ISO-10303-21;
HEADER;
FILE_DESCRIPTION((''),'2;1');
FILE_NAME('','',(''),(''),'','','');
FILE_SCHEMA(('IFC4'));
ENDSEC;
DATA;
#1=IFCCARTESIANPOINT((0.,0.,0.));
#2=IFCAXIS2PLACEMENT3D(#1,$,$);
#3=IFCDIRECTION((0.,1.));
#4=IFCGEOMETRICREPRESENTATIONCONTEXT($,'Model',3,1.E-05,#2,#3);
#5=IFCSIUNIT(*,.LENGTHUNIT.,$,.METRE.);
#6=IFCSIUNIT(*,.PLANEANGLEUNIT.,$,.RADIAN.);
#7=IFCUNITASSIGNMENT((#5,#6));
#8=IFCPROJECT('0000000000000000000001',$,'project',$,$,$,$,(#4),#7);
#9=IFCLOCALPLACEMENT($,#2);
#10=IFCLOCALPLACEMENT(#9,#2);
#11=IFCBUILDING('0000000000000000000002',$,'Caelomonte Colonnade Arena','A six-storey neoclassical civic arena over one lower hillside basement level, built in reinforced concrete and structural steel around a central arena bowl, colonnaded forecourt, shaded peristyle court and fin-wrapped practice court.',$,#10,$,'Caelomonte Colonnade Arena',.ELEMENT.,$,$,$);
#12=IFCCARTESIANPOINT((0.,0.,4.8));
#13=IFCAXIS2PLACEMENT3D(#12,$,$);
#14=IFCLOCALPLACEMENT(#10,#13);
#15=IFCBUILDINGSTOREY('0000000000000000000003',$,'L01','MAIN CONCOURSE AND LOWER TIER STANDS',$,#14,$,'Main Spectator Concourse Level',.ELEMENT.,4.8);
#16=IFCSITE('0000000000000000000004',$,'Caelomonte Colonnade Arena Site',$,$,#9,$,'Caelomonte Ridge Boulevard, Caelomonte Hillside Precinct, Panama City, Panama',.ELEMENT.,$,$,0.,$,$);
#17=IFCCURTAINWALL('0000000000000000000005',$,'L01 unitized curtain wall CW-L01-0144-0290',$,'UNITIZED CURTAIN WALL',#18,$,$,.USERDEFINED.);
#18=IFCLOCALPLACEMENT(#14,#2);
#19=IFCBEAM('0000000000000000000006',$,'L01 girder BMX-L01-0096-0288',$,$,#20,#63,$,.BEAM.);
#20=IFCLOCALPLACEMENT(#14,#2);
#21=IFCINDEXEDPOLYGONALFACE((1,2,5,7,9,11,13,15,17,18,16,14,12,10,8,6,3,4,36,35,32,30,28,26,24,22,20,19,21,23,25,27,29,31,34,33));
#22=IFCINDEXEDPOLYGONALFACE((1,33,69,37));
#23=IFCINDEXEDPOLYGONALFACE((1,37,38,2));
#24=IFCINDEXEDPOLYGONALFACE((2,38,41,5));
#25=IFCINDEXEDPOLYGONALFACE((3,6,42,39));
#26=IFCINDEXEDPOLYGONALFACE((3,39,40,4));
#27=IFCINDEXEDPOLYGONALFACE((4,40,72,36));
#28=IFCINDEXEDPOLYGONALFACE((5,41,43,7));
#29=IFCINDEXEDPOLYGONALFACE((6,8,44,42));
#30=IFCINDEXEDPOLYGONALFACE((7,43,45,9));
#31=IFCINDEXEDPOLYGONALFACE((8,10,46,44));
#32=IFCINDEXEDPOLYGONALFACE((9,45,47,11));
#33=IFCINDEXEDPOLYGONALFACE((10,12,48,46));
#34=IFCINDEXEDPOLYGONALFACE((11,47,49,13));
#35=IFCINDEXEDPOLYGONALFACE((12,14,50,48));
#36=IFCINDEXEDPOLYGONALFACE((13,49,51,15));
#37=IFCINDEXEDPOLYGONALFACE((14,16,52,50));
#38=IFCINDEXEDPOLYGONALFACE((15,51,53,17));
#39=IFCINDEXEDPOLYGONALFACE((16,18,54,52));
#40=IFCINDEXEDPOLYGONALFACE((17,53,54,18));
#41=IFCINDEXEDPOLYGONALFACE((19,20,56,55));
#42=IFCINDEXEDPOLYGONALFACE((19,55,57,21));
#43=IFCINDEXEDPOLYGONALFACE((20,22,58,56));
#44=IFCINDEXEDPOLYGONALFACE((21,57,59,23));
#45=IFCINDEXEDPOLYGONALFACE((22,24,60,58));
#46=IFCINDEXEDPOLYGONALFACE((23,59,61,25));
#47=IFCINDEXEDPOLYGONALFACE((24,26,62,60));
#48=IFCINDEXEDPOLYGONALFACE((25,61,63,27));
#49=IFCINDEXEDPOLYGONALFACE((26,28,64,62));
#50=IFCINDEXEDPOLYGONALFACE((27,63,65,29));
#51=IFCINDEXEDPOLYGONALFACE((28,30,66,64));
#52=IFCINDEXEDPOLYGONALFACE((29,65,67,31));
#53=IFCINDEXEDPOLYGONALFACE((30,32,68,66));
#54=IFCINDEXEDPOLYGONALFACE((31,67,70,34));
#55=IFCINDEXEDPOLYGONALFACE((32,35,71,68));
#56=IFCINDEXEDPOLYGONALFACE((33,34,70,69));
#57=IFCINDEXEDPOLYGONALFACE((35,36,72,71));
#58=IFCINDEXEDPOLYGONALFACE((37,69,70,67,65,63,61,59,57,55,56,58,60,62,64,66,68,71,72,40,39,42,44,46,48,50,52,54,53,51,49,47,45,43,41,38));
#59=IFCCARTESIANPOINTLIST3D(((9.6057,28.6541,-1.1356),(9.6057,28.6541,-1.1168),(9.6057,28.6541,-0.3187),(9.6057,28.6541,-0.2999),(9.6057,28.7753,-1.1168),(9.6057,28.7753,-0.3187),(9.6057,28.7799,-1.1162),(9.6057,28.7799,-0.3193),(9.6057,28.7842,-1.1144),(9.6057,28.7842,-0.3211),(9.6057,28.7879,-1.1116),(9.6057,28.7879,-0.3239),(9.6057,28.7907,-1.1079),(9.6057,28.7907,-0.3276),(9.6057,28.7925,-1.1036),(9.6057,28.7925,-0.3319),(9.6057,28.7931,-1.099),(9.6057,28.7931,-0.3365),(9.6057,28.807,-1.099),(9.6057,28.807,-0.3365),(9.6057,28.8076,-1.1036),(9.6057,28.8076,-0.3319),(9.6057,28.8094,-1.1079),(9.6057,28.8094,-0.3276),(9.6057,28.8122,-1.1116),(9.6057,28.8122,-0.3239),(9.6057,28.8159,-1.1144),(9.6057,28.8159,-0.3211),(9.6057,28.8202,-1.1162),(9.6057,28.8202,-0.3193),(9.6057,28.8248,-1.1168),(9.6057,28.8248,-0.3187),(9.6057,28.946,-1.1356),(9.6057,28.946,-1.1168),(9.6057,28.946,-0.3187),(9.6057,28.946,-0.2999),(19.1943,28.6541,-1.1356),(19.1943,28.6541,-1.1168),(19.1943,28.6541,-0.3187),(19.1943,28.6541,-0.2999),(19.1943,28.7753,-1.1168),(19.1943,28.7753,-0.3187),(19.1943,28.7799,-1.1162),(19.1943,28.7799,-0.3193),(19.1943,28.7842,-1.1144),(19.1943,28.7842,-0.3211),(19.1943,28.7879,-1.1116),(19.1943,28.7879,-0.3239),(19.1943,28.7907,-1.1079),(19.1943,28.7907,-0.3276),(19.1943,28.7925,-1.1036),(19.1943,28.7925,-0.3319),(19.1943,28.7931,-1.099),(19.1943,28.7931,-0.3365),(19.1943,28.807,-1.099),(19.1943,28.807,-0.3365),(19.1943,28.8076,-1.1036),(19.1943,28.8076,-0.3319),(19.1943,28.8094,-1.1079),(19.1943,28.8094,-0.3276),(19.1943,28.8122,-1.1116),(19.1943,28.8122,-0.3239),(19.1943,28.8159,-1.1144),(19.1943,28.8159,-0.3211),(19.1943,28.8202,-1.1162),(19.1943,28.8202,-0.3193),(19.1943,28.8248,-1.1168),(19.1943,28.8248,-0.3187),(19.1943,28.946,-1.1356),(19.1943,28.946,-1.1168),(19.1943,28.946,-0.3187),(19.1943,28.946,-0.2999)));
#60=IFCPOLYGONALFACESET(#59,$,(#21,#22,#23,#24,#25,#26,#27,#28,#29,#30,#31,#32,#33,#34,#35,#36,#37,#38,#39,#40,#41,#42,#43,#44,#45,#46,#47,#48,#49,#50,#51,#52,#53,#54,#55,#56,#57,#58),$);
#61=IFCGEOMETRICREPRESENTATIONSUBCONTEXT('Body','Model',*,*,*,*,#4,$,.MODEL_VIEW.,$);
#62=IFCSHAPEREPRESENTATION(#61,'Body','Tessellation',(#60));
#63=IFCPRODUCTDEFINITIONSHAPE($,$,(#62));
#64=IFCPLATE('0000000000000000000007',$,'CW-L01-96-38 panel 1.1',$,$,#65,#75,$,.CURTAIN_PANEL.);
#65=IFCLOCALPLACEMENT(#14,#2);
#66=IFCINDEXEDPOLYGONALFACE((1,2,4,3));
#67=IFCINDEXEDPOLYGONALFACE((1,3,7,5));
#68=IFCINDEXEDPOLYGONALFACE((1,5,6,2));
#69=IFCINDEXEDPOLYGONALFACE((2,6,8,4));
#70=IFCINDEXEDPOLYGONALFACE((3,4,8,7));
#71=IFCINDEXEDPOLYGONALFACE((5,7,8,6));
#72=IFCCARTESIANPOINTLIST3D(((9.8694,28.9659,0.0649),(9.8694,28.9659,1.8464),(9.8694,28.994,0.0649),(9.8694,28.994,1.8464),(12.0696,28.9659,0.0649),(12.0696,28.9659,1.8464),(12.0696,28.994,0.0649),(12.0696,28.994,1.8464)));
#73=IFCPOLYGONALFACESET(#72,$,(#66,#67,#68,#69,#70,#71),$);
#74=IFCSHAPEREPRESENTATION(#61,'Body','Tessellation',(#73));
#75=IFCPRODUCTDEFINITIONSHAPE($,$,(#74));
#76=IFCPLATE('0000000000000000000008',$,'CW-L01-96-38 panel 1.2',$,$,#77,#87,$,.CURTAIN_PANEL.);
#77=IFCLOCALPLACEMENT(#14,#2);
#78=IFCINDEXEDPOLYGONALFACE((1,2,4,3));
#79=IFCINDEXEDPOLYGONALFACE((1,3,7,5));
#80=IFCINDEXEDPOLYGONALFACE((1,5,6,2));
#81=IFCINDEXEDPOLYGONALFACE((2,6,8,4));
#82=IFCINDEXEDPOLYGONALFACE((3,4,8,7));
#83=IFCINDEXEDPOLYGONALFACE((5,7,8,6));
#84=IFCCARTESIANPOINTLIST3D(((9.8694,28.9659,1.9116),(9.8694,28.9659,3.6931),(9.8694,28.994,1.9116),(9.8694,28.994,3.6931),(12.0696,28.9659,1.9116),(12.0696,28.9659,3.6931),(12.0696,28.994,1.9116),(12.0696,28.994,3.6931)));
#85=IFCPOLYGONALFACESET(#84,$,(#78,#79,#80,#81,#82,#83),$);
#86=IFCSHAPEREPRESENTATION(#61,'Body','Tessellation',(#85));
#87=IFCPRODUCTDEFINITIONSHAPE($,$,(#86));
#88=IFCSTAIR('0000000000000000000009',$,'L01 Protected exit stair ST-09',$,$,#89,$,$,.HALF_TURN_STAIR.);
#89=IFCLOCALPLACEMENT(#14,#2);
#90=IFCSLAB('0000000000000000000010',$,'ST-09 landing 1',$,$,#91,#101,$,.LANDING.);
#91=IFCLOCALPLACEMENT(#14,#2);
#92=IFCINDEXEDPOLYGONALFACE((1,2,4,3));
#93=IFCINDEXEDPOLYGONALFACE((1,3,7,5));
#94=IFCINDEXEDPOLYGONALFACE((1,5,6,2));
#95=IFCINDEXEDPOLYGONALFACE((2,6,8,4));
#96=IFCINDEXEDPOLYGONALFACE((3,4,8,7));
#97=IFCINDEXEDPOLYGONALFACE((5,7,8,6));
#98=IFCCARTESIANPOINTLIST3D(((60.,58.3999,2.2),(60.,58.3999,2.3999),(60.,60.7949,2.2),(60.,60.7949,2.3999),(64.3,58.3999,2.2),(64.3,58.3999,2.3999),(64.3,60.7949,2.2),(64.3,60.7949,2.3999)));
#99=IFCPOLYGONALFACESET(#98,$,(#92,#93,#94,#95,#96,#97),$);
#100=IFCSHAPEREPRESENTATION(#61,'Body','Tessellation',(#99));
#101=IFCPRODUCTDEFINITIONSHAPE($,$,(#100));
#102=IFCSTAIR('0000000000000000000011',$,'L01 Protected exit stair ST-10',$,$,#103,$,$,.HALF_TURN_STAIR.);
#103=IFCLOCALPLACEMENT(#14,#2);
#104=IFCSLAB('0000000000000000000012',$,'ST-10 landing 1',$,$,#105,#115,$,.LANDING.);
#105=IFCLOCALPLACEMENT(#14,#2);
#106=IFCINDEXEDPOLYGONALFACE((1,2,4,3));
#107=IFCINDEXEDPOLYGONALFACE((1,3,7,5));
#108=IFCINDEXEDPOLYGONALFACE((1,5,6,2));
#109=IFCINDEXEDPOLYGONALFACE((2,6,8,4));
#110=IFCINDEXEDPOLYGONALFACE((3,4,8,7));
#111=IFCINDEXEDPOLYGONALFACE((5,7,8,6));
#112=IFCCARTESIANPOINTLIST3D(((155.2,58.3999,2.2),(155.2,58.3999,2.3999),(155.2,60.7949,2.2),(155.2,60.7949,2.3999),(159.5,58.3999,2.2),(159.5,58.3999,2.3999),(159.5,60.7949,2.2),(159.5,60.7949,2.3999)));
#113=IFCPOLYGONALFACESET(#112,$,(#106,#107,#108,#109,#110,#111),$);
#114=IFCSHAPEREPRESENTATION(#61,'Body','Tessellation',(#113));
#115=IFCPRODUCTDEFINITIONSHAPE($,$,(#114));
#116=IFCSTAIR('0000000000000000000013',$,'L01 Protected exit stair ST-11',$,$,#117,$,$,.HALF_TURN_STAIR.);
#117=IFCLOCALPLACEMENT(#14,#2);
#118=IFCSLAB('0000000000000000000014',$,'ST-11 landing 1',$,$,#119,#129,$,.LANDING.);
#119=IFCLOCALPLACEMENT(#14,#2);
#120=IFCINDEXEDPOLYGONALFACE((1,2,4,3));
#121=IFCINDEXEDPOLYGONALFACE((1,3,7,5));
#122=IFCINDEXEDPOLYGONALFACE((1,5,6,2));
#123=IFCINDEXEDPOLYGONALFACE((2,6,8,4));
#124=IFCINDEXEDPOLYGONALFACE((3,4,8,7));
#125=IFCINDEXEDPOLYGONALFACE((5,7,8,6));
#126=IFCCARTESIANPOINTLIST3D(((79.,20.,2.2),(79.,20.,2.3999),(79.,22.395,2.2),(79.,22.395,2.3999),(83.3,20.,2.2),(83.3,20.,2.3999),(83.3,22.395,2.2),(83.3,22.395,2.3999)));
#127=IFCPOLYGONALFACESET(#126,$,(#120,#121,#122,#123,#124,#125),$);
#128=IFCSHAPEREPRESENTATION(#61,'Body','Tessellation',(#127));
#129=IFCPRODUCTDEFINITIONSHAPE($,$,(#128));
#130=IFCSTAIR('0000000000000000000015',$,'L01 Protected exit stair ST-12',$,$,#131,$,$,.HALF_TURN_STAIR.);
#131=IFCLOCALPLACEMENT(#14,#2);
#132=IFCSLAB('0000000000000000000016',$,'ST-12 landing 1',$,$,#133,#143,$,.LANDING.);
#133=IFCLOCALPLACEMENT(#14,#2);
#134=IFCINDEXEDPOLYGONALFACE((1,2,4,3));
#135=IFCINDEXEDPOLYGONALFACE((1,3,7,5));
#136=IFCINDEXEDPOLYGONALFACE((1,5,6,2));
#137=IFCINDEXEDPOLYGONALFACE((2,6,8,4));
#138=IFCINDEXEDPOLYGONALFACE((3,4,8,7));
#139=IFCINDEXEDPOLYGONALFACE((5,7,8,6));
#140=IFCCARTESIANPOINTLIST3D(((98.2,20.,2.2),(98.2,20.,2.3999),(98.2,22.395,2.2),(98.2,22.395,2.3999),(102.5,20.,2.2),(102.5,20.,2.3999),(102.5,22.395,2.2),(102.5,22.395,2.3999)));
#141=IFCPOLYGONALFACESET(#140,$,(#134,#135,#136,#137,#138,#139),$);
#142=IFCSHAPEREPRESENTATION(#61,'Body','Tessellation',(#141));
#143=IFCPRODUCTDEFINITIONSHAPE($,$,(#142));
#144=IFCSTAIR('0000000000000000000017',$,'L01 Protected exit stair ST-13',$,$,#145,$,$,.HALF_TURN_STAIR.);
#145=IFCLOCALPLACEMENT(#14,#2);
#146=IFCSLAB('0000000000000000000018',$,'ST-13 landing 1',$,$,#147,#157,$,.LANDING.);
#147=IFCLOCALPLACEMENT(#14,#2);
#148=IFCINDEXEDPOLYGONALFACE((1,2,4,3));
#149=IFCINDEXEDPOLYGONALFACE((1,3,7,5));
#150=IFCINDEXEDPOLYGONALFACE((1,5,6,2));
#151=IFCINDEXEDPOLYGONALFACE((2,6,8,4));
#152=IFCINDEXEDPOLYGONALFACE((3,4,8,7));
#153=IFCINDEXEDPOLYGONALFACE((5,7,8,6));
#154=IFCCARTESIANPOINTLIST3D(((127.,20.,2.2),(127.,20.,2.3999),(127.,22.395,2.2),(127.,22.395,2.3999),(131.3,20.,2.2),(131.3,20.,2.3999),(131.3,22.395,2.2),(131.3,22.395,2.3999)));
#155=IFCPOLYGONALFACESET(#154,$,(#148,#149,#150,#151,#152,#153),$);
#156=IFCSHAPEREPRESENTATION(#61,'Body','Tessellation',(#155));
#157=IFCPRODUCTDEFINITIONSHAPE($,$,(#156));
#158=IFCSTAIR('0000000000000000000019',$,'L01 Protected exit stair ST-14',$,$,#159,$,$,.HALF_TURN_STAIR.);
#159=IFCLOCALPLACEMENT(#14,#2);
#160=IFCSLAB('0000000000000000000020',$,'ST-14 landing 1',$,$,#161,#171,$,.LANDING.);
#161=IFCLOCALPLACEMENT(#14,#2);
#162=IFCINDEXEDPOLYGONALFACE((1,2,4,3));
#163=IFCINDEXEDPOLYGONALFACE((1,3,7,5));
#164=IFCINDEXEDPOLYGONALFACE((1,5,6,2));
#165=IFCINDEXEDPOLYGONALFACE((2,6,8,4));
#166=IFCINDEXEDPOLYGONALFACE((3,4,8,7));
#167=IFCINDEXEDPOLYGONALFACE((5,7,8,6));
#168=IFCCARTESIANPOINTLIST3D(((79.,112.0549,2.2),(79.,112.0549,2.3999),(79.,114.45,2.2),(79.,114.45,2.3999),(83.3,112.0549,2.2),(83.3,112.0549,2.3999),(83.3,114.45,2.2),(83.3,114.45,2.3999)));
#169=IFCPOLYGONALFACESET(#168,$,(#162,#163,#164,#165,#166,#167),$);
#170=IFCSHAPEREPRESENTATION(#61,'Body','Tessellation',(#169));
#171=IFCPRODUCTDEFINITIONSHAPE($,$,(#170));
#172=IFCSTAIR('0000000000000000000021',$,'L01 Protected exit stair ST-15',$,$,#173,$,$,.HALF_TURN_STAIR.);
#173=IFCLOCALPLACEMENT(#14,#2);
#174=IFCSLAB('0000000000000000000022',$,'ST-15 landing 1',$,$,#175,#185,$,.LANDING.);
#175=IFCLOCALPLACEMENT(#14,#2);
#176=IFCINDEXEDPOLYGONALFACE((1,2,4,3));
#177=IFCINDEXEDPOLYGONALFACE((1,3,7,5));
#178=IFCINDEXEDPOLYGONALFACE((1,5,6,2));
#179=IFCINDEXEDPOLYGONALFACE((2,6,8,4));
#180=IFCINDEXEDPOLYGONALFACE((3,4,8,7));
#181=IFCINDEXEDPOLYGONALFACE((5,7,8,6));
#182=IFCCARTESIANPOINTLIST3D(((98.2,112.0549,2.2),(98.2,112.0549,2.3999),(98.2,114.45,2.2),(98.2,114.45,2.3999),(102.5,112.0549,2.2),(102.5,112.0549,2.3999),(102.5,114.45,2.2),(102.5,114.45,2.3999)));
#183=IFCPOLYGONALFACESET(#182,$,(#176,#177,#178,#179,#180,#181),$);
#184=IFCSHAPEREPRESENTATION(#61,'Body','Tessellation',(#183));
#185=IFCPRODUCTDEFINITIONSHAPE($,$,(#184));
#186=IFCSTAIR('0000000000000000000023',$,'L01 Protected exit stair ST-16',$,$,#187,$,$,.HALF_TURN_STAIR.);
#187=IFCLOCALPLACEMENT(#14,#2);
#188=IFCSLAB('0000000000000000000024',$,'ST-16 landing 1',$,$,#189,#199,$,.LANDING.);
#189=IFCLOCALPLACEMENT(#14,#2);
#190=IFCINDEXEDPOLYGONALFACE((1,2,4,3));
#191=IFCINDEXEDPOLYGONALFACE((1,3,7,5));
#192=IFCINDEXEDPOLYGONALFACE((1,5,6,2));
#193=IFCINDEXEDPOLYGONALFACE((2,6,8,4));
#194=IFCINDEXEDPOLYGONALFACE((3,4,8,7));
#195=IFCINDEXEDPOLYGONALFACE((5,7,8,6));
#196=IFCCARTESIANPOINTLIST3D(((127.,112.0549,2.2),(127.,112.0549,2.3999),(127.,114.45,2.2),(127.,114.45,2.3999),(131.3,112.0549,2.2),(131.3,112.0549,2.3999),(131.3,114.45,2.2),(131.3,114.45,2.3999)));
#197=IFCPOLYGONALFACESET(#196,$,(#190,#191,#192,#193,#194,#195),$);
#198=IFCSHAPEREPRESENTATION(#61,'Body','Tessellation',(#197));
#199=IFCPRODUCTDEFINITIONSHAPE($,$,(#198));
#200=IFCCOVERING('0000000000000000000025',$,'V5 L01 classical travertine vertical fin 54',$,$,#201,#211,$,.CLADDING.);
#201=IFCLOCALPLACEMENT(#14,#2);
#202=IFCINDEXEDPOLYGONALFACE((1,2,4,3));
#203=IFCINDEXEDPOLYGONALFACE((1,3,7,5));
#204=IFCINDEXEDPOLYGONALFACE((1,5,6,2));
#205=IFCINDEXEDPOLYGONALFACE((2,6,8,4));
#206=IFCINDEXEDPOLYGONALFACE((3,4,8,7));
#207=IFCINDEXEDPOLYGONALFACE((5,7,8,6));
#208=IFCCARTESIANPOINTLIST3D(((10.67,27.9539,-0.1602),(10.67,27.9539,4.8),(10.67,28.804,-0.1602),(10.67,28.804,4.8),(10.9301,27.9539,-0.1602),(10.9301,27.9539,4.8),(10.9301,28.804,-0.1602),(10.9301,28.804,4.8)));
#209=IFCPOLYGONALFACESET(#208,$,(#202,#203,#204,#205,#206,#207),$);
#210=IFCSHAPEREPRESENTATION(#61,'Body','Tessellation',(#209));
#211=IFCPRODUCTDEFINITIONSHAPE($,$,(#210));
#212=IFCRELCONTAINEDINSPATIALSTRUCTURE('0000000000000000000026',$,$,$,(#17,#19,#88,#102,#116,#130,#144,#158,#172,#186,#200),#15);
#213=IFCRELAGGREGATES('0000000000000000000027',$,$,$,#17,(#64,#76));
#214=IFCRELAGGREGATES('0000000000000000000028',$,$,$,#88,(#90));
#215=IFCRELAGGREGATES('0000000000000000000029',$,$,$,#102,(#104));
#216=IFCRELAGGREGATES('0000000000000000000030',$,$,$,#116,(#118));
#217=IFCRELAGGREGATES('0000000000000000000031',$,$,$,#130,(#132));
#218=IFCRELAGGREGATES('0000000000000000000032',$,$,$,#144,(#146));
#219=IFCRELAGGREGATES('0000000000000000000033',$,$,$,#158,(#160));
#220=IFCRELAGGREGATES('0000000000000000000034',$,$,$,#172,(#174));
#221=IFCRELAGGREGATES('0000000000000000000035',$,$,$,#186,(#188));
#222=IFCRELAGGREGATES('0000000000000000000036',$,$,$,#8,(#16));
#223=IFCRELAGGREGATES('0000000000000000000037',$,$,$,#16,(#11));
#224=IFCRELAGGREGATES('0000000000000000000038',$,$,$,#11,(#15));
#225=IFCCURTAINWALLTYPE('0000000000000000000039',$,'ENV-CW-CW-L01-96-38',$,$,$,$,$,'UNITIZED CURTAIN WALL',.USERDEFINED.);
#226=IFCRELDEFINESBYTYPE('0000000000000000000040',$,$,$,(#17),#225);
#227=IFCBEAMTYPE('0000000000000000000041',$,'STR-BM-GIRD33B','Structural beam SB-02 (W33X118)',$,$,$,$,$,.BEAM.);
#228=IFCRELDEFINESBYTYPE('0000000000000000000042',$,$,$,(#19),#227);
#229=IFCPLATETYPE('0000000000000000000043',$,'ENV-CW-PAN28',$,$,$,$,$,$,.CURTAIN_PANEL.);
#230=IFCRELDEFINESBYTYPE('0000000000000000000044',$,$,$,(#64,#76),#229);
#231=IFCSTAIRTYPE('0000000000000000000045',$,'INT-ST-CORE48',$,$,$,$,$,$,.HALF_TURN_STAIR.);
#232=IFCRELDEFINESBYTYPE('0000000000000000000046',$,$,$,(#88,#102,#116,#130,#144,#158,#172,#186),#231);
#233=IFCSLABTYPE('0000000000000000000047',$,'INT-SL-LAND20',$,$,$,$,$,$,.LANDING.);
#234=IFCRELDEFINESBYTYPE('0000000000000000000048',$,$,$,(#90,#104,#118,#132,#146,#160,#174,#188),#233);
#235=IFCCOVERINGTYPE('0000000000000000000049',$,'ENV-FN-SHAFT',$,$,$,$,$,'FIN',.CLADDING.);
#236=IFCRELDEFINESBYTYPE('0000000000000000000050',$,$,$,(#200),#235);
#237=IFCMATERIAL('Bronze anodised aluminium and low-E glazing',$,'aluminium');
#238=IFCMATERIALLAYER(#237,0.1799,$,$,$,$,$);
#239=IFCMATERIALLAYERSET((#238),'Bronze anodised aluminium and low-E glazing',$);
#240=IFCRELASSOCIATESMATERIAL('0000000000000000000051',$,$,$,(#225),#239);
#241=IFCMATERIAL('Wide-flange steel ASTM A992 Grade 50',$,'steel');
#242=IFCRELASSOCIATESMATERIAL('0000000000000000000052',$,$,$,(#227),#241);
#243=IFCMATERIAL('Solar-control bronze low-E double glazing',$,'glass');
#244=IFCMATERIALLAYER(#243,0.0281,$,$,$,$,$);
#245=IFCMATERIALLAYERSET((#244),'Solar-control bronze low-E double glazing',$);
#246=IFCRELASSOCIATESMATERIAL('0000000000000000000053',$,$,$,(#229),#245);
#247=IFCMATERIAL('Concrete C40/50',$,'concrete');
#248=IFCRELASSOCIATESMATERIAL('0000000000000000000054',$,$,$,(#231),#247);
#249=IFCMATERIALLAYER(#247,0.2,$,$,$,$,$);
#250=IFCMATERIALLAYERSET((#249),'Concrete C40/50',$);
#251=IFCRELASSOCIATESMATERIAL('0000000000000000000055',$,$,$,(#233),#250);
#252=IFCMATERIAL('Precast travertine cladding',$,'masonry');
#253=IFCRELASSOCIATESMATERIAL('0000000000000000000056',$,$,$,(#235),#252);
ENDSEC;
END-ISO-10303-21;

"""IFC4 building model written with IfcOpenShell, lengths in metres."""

from ifc_helpers import new_model, si_unit, direction, frame, origin, origin_2d, place, context, subcontext, project, spatial, polyline, rectangle, i_section, outline, extrude, material, layer, layer_set, material_profile, profile_set, type_object, element, aggregate, save


model = new_model("IFC4")

# Units and contexts
model_context = context("Model", 3, precision=1e-05, world=origin(), true_north=direction((0.0, 1.0)))
body_context = subcontext(model_context, "Body", "Model", "MODEL_VIEW")
ifc_project = project(units=[si_unit("LENGTHUNIT", "METRE"), si_unit("PLANEANGLEUNIT", "RADIAN")], contexts=[model_context])

# Site, building, storey
site_placement = place(None, origin())
site = spatial("IfcSite", under=ifc_project, at=site_placement, Name="Caelomonte Colonnade Arena Site", LongName="Caelomonte Ridge Boulevard, Caelomonte Hillside Precinct, Panama City, Panama", CompositionType="ELEMENT", RefElevation=0.0)
building_placement = place(site_placement, origin())
building = spatial("IfcBuilding", under=site, at=building_placement, Name="Caelomonte Colonnade Arena", Description="A six-storey neoclassical civic arena over one lower hillside basement level, built in reinforced concrete and structural steel around a central arena bowl, colonnaded forecourt, shaded peristyle court and fin-wrapped practice court.", LongName="Caelomonte Colonnade Arena", CompositionType="ELEMENT")
storey_placement = place(building_placement, frame((0.0, 0.0, 4.8)))
storey = spatial("IfcBuildingStorey", under=building, at=storey_placement, Name="L01", Description="MAIN CONCOURSE AND LOWER TIER STANDS", LongName="Main Spectator Concourse Level", CompositionType="ELEMENT", Elevation=4.8)

# Shared definitions
ifc_material_1 = material(Name="Wide-flange steel ASTM A992 Grade 50", Category="steel")

# Curtain wall
ifc_material_2 = material(Name="Bronze anodised aluminium and low-E glazing", Category="aluminium")
ifc_layer_1 = layer(ifc_material_2, 0.1799)
ifc_layer_set_1 = layer_set([ifc_layer_1], Name="Bronze anodised aluminium and low-E glazing")
curtain_wall_type = type_object("IfcCurtainWallType", Name="ENV-CW-CW-L01-96-38", ElementType="UNITIZED CURTAIN WALL", PredefinedType="USERDEFINED", material=ifc_layer_set_1)
curtain_wall_placement = place(storey_placement, origin())
curtain_wall = element("IfcCurtainWall", 1, at=curtain_wall_placement, inside=storey, type_object=curtain_wall_type, Name="L01 unitized curtain wall CW-L01-0144-0290", ObjectType="UNITIZED CURTAIN WALL", PredefinedType="USERDEFINED")

# Beam
ifc_material_profile_1 = material_profile(ifc_material_1, i_section(OverallWidth=0.292, OverallDepth=0.8357, WebThickness=0.0139, FlangeThickness=0.0188, FilletRadius=0.0178, at=origin_2d()), Name="W33X118")
ifc_profile_set_1 = profile_set([ifc_material_profile_1], Name="Wide-flange steel ASTM A992 Grade 50")
beam_type_1 = type_object("IfcBeamType", Name="STR-BM-GIRD33B", Description="Structural beam SB-02 (W33X118)", PredefinedType="BEAM", material=ifc_profile_set_1)
beam_1_placement = place(storey_placement, frame((9.6057, 28.8, -0.7178), z_axis=(1.0, 0.0, 0.0), x_axis=(0.0, 1.0, 0.0)))
element("IfcBeam", 2, at=beam_1_placement, inside=storey, type_object=beam_type_1, Name="L01 girder BMX-L01-0096-0288", PredefinedType="BEAM", context=body_context, shape_type="SweptSolid", body=[
    extrude(i_section(OverallWidth=0.292, OverallDepth=0.8357, WebThickness=0.0139, FlangeThickness=0.0188, FilletRadius=0.0178, at=origin_2d()), origin(), (0.0, 0.0, 1.0), 9.5886),
])

# Plates
ifc_material_3 = material(Name="Solar-control bronze low-E double glazing", Category="glass")
ifc_layer_2 = layer(ifc_material_3, 0.0281)
ifc_layer_set_2 = layer_set([ifc_layer_2], Name="Solar-control bronze low-E double glazing")
plate_type = type_object("IfcPlateType", Name="ENV-CW-PAN28", PredefinedType="CURTAIN_PANEL", material=ifc_layer_set_2)
plate_1_placement = place(storey_placement, frame((10.9695, 28.98, 0.0649), z_axis=(0.0, 0.0, 1.0), x_axis=(1.0, 0.0, 0.0)))
plate_1 = element("IfcPlate", 3, at=plate_1_placement, type_object=plate_type, Name="CW-L01-96-38 panel 1.1", PredefinedType="CURTAIN_PANEL", context=body_context, shape_type="SweptSolid", body=[
    extrude(rectangle(XDim=2.2002, YDim=0.0281, at=origin_2d()), origin(), (0.0, 0.0, 1.0), 1.7815),
])
plate_2_placement = place(storey_placement, frame((10.9695, 28.98, 1.9116), z_axis=(0.0, 0.0, 1.0), x_axis=(1.0, 0.0, 0.0)))
plate_2 = element("IfcPlate", 4, at=plate_2_placement, type_object=plate_type, Name="CW-L01-96-38 panel 1.2", PredefinedType="CURTAIN_PANEL", context=body_context, shape_type="SweptSolid", body=[
    extrude(rectangle(XDim=2.2002, YDim=0.0281, at=origin_2d()), origin(), (0.0, 0.0, 1.0), 1.7815),
])
aggregate(curtain_wall, [plate_1, plate_2])

# Stairs, slabs
ifc_material_4 = material(Name="Concrete C40/50", Category="concrete")
stair_type = type_object("IfcStairType", Name="INT-ST-CORE48", PredefinedType="HALF_TURN_STAIR", material=ifc_material_4)
stair_1_placement = place(storey_placement, origin())
stair_1 = element("IfcStair", 5, at=stair_1_placement, inside=storey, type_object=stair_type, Name="L01 Protected exit stair ST-09", PredefinedType="HALF_TURN_STAIR")
ifc_layer_3 = layer(ifc_material_4, 0.2)
ifc_layer_set_3 = layer_set([ifc_layer_3], Name="Concrete C40/50")
slab_type = type_object("IfcSlabType", Name="INT-SL-LAND20", PredefinedType="LANDING", material=ifc_layer_set_3)
slab_1_placement = place(storey_placement, frame((0.0, 0.0, 2.2)))
slab_1 = element("IfcSlab", 6, at=slab_1_placement, type_object=slab_type, Name="ST-09 landing 1", PredefinedType="LANDING", context=body_context, shape_type="SweptSolid", body=[
    extrude(outline(polyline([(60.0, 60.7949), (60.0, 58.3999), (64.3, 58.3999), (64.3, 60.7949), (60.0, 60.7949)])), origin(), (0.0, 0.0, 1.0), 0.2),
])
aggregate(stair_1, [slab_1])
stair_2_placement = place(storey_placement, origin())
stair_2 = element("IfcStair", 7, at=stair_2_placement, inside=storey, type_object=stair_type, Name="L01 Protected exit stair ST-10", PredefinedType="HALF_TURN_STAIR")
slab_2_placement = place(storey_placement, frame((0.0, 0.0, 2.2)))
slab_2 = element("IfcSlab", 8, at=slab_2_placement, type_object=slab_type, Name="ST-10 landing 1", PredefinedType="LANDING", context=body_context, shape_type="SweptSolid", body=[
    extrude(outline(polyline([(155.2, 60.7949), (155.2, 58.3999), (159.5, 58.3999), (159.5, 60.7949), (155.2, 60.7949)])), origin(), (0.0, 0.0, 1.0), 0.2),
])
aggregate(stair_2, [slab_2])
stair_3_placement = place(storey_placement, origin())
stair_3 = element("IfcStair", 9, at=stair_3_placement, inside=storey, type_object=stair_type, Name="L01 Protected exit stair ST-11", PredefinedType="HALF_TURN_STAIR")
slab_3_placement = place(storey_placement, frame((0.0, 0.0, 2.2)))
slab_3 = element("IfcSlab", 10, at=slab_3_placement, type_object=slab_type, Name="ST-11 landing 1", PredefinedType="LANDING", context=body_context, shape_type="SweptSolid", body=[
    extrude(outline(polyline([(79.0, 22.395), (79.0, 20.0), (83.3, 20.0), (83.3, 22.395), (79.0, 22.395)])), origin(), (0.0, 0.0, 1.0), 0.2),
])
aggregate(stair_3, [slab_3])
stair_4_placement = place(storey_placement, origin())
stair_4 = element("IfcStair", 11, at=stair_4_placement, inside=storey, type_object=stair_type, Name="L01 Protected exit stair ST-12", PredefinedType="HALF_TURN_STAIR")
slab_4_placement = place(storey_placement, frame((0.0, 0.0, 2.2)))
slab_4 = element("IfcSlab", 12, at=slab_4_placement, type_object=slab_type, Name="ST-12 landing 1", PredefinedType="LANDING", context=body_context, shape_type="SweptSolid", body=[
    extrude(outline(polyline([(98.2, 22.395), (98.2, 20.0), (102.5, 20.0), (102.5, 22.395), (98.2, 22.395)])), origin(), (0.0, 0.0, 1.0), 0.2),
])
aggregate(stair_4, [slab_4])
stair_5_placement = place(storey_placement, origin())
stair_5 = element("IfcStair", 13, at=stair_5_placement, inside=storey, type_object=stair_type, Name="L01 Protected exit stair ST-13", PredefinedType="HALF_TURN_STAIR")
slab_5_placement = place(storey_placement, frame((0.0, 0.0, 2.2)))
slab_5 = element("IfcSlab", 14, at=slab_5_placement, type_object=slab_type, Name="ST-13 landing 1", PredefinedType="LANDING", context=body_context, shape_type="SweptSolid", body=[
    extrude(outline(polyline([(127.0, 22.395), (127.0, 20.0), (131.3, 20.0), (131.3, 22.395), (127.0, 22.395)])), origin(), (0.0, 0.0, 1.0), 0.2),
])
aggregate(stair_5, [slab_5])
stair_6_placement = place(storey_placement, origin())
stair_6 = element("IfcStair", 15, at=stair_6_placement, inside=storey, type_object=stair_type, Name="L01 Protected exit stair ST-14", PredefinedType="HALF_TURN_STAIR")
slab_6_placement = place(storey_placement, frame((0.0, 0.0, 2.2)))
slab_6 = element("IfcSlab", 16, at=slab_6_placement, type_object=slab_type, Name="ST-14 landing 1", PredefinedType="LANDING", context=body_context, shape_type="SweptSolid", body=[
    extrude(outline(polyline([(83.3, 112.0549), (83.3, 114.45), (79.0, 114.45), (79.0, 112.0549), (83.3, 112.0549)])), origin(), (0.0, 0.0, 1.0), 0.2),
])
aggregate(stair_6, [slab_6])
stair_7_placement = place(storey_placement, origin())
stair_7 = element("IfcStair", 17, at=stair_7_placement, inside=storey, type_object=stair_type, Name="L01 Protected exit stair ST-15", PredefinedType="HALF_TURN_STAIR")
slab_7_placement = place(storey_placement, frame((0.0, 0.0, 2.2)))
slab_7 = element("IfcSlab", 18, at=slab_7_placement, type_object=slab_type, Name="ST-15 landing 1", PredefinedType="LANDING", context=body_context, shape_type="SweptSolid", body=[
    extrude(outline(polyline([(102.5, 112.0549), (102.5, 114.45), (98.2, 114.45), (98.2, 112.0549), (102.5, 112.0549)])), origin(), (0.0, 0.0, 1.0), 0.2),
])
aggregate(stair_7, [slab_7])
stair_8_placement = place(storey_placement, origin())
stair_8 = element("IfcStair", 19, at=stair_8_placement, inside=storey, type_object=stair_type, Name="L01 Protected exit stair ST-16", PredefinedType="HALF_TURN_STAIR")
slab_8_placement = place(storey_placement, frame((0.0, 0.0, 2.2)))
slab_8 = element("IfcSlab", 20, at=slab_8_placement, type_object=slab_type, Name="ST-16 landing 1", PredefinedType="LANDING", context=body_context, shape_type="SweptSolid", body=[
    extrude(outline(polyline([(131.3, 112.0549), (131.3, 114.45), (127.0, 114.45), (127.0, 112.0549), (131.3, 112.0549)])), origin(), (0.0, 0.0, 1.0), 0.2),
])
aggregate(stair_8, [slab_8])

# Covering
ifc_material_5 = material(Name="Precast travertine cladding", Category="masonry")
ifc_material_profile_2 = material_profile(ifc_material_5, rectangle(XDim=0.26, YDim=0.8501, at=origin_2d()), Name="FIN260X850")
ifc_profile_set_2 = profile_set([ifc_material_profile_2], Name="Precast travertine cladding")
covering_type = type_object("IfcCoveringType", Name="ENV-FN-SHAFT", ElementType="FIN", PredefinedType="CLADDING", material=ifc_profile_set_2)
for number, where, z_axis, x_axis, name in (
    (21, (10.8, 28.3789, -0.1602), (0.0, 0.0, 1.0), (-1.0, 0.0, 0.0), "V5 L01 classical travertine vertical fin 54"),
):
    element("IfcCovering", number, at=place(storey_placement, frame(where, z_axis=z_axis, x_axis=x_axis)), inside=storey, type_object=covering_type, Name=name, PredefinedType="CLADDING", context=body_context, shape_type="SweptSolid", body=[
        extrude(rectangle(XDim=0.26, YDim=0.8501, at=origin_2d()), origin(), (0.0, 0.0, 1.0), 4.9602),
    ])

save(model, "model.ifc")
